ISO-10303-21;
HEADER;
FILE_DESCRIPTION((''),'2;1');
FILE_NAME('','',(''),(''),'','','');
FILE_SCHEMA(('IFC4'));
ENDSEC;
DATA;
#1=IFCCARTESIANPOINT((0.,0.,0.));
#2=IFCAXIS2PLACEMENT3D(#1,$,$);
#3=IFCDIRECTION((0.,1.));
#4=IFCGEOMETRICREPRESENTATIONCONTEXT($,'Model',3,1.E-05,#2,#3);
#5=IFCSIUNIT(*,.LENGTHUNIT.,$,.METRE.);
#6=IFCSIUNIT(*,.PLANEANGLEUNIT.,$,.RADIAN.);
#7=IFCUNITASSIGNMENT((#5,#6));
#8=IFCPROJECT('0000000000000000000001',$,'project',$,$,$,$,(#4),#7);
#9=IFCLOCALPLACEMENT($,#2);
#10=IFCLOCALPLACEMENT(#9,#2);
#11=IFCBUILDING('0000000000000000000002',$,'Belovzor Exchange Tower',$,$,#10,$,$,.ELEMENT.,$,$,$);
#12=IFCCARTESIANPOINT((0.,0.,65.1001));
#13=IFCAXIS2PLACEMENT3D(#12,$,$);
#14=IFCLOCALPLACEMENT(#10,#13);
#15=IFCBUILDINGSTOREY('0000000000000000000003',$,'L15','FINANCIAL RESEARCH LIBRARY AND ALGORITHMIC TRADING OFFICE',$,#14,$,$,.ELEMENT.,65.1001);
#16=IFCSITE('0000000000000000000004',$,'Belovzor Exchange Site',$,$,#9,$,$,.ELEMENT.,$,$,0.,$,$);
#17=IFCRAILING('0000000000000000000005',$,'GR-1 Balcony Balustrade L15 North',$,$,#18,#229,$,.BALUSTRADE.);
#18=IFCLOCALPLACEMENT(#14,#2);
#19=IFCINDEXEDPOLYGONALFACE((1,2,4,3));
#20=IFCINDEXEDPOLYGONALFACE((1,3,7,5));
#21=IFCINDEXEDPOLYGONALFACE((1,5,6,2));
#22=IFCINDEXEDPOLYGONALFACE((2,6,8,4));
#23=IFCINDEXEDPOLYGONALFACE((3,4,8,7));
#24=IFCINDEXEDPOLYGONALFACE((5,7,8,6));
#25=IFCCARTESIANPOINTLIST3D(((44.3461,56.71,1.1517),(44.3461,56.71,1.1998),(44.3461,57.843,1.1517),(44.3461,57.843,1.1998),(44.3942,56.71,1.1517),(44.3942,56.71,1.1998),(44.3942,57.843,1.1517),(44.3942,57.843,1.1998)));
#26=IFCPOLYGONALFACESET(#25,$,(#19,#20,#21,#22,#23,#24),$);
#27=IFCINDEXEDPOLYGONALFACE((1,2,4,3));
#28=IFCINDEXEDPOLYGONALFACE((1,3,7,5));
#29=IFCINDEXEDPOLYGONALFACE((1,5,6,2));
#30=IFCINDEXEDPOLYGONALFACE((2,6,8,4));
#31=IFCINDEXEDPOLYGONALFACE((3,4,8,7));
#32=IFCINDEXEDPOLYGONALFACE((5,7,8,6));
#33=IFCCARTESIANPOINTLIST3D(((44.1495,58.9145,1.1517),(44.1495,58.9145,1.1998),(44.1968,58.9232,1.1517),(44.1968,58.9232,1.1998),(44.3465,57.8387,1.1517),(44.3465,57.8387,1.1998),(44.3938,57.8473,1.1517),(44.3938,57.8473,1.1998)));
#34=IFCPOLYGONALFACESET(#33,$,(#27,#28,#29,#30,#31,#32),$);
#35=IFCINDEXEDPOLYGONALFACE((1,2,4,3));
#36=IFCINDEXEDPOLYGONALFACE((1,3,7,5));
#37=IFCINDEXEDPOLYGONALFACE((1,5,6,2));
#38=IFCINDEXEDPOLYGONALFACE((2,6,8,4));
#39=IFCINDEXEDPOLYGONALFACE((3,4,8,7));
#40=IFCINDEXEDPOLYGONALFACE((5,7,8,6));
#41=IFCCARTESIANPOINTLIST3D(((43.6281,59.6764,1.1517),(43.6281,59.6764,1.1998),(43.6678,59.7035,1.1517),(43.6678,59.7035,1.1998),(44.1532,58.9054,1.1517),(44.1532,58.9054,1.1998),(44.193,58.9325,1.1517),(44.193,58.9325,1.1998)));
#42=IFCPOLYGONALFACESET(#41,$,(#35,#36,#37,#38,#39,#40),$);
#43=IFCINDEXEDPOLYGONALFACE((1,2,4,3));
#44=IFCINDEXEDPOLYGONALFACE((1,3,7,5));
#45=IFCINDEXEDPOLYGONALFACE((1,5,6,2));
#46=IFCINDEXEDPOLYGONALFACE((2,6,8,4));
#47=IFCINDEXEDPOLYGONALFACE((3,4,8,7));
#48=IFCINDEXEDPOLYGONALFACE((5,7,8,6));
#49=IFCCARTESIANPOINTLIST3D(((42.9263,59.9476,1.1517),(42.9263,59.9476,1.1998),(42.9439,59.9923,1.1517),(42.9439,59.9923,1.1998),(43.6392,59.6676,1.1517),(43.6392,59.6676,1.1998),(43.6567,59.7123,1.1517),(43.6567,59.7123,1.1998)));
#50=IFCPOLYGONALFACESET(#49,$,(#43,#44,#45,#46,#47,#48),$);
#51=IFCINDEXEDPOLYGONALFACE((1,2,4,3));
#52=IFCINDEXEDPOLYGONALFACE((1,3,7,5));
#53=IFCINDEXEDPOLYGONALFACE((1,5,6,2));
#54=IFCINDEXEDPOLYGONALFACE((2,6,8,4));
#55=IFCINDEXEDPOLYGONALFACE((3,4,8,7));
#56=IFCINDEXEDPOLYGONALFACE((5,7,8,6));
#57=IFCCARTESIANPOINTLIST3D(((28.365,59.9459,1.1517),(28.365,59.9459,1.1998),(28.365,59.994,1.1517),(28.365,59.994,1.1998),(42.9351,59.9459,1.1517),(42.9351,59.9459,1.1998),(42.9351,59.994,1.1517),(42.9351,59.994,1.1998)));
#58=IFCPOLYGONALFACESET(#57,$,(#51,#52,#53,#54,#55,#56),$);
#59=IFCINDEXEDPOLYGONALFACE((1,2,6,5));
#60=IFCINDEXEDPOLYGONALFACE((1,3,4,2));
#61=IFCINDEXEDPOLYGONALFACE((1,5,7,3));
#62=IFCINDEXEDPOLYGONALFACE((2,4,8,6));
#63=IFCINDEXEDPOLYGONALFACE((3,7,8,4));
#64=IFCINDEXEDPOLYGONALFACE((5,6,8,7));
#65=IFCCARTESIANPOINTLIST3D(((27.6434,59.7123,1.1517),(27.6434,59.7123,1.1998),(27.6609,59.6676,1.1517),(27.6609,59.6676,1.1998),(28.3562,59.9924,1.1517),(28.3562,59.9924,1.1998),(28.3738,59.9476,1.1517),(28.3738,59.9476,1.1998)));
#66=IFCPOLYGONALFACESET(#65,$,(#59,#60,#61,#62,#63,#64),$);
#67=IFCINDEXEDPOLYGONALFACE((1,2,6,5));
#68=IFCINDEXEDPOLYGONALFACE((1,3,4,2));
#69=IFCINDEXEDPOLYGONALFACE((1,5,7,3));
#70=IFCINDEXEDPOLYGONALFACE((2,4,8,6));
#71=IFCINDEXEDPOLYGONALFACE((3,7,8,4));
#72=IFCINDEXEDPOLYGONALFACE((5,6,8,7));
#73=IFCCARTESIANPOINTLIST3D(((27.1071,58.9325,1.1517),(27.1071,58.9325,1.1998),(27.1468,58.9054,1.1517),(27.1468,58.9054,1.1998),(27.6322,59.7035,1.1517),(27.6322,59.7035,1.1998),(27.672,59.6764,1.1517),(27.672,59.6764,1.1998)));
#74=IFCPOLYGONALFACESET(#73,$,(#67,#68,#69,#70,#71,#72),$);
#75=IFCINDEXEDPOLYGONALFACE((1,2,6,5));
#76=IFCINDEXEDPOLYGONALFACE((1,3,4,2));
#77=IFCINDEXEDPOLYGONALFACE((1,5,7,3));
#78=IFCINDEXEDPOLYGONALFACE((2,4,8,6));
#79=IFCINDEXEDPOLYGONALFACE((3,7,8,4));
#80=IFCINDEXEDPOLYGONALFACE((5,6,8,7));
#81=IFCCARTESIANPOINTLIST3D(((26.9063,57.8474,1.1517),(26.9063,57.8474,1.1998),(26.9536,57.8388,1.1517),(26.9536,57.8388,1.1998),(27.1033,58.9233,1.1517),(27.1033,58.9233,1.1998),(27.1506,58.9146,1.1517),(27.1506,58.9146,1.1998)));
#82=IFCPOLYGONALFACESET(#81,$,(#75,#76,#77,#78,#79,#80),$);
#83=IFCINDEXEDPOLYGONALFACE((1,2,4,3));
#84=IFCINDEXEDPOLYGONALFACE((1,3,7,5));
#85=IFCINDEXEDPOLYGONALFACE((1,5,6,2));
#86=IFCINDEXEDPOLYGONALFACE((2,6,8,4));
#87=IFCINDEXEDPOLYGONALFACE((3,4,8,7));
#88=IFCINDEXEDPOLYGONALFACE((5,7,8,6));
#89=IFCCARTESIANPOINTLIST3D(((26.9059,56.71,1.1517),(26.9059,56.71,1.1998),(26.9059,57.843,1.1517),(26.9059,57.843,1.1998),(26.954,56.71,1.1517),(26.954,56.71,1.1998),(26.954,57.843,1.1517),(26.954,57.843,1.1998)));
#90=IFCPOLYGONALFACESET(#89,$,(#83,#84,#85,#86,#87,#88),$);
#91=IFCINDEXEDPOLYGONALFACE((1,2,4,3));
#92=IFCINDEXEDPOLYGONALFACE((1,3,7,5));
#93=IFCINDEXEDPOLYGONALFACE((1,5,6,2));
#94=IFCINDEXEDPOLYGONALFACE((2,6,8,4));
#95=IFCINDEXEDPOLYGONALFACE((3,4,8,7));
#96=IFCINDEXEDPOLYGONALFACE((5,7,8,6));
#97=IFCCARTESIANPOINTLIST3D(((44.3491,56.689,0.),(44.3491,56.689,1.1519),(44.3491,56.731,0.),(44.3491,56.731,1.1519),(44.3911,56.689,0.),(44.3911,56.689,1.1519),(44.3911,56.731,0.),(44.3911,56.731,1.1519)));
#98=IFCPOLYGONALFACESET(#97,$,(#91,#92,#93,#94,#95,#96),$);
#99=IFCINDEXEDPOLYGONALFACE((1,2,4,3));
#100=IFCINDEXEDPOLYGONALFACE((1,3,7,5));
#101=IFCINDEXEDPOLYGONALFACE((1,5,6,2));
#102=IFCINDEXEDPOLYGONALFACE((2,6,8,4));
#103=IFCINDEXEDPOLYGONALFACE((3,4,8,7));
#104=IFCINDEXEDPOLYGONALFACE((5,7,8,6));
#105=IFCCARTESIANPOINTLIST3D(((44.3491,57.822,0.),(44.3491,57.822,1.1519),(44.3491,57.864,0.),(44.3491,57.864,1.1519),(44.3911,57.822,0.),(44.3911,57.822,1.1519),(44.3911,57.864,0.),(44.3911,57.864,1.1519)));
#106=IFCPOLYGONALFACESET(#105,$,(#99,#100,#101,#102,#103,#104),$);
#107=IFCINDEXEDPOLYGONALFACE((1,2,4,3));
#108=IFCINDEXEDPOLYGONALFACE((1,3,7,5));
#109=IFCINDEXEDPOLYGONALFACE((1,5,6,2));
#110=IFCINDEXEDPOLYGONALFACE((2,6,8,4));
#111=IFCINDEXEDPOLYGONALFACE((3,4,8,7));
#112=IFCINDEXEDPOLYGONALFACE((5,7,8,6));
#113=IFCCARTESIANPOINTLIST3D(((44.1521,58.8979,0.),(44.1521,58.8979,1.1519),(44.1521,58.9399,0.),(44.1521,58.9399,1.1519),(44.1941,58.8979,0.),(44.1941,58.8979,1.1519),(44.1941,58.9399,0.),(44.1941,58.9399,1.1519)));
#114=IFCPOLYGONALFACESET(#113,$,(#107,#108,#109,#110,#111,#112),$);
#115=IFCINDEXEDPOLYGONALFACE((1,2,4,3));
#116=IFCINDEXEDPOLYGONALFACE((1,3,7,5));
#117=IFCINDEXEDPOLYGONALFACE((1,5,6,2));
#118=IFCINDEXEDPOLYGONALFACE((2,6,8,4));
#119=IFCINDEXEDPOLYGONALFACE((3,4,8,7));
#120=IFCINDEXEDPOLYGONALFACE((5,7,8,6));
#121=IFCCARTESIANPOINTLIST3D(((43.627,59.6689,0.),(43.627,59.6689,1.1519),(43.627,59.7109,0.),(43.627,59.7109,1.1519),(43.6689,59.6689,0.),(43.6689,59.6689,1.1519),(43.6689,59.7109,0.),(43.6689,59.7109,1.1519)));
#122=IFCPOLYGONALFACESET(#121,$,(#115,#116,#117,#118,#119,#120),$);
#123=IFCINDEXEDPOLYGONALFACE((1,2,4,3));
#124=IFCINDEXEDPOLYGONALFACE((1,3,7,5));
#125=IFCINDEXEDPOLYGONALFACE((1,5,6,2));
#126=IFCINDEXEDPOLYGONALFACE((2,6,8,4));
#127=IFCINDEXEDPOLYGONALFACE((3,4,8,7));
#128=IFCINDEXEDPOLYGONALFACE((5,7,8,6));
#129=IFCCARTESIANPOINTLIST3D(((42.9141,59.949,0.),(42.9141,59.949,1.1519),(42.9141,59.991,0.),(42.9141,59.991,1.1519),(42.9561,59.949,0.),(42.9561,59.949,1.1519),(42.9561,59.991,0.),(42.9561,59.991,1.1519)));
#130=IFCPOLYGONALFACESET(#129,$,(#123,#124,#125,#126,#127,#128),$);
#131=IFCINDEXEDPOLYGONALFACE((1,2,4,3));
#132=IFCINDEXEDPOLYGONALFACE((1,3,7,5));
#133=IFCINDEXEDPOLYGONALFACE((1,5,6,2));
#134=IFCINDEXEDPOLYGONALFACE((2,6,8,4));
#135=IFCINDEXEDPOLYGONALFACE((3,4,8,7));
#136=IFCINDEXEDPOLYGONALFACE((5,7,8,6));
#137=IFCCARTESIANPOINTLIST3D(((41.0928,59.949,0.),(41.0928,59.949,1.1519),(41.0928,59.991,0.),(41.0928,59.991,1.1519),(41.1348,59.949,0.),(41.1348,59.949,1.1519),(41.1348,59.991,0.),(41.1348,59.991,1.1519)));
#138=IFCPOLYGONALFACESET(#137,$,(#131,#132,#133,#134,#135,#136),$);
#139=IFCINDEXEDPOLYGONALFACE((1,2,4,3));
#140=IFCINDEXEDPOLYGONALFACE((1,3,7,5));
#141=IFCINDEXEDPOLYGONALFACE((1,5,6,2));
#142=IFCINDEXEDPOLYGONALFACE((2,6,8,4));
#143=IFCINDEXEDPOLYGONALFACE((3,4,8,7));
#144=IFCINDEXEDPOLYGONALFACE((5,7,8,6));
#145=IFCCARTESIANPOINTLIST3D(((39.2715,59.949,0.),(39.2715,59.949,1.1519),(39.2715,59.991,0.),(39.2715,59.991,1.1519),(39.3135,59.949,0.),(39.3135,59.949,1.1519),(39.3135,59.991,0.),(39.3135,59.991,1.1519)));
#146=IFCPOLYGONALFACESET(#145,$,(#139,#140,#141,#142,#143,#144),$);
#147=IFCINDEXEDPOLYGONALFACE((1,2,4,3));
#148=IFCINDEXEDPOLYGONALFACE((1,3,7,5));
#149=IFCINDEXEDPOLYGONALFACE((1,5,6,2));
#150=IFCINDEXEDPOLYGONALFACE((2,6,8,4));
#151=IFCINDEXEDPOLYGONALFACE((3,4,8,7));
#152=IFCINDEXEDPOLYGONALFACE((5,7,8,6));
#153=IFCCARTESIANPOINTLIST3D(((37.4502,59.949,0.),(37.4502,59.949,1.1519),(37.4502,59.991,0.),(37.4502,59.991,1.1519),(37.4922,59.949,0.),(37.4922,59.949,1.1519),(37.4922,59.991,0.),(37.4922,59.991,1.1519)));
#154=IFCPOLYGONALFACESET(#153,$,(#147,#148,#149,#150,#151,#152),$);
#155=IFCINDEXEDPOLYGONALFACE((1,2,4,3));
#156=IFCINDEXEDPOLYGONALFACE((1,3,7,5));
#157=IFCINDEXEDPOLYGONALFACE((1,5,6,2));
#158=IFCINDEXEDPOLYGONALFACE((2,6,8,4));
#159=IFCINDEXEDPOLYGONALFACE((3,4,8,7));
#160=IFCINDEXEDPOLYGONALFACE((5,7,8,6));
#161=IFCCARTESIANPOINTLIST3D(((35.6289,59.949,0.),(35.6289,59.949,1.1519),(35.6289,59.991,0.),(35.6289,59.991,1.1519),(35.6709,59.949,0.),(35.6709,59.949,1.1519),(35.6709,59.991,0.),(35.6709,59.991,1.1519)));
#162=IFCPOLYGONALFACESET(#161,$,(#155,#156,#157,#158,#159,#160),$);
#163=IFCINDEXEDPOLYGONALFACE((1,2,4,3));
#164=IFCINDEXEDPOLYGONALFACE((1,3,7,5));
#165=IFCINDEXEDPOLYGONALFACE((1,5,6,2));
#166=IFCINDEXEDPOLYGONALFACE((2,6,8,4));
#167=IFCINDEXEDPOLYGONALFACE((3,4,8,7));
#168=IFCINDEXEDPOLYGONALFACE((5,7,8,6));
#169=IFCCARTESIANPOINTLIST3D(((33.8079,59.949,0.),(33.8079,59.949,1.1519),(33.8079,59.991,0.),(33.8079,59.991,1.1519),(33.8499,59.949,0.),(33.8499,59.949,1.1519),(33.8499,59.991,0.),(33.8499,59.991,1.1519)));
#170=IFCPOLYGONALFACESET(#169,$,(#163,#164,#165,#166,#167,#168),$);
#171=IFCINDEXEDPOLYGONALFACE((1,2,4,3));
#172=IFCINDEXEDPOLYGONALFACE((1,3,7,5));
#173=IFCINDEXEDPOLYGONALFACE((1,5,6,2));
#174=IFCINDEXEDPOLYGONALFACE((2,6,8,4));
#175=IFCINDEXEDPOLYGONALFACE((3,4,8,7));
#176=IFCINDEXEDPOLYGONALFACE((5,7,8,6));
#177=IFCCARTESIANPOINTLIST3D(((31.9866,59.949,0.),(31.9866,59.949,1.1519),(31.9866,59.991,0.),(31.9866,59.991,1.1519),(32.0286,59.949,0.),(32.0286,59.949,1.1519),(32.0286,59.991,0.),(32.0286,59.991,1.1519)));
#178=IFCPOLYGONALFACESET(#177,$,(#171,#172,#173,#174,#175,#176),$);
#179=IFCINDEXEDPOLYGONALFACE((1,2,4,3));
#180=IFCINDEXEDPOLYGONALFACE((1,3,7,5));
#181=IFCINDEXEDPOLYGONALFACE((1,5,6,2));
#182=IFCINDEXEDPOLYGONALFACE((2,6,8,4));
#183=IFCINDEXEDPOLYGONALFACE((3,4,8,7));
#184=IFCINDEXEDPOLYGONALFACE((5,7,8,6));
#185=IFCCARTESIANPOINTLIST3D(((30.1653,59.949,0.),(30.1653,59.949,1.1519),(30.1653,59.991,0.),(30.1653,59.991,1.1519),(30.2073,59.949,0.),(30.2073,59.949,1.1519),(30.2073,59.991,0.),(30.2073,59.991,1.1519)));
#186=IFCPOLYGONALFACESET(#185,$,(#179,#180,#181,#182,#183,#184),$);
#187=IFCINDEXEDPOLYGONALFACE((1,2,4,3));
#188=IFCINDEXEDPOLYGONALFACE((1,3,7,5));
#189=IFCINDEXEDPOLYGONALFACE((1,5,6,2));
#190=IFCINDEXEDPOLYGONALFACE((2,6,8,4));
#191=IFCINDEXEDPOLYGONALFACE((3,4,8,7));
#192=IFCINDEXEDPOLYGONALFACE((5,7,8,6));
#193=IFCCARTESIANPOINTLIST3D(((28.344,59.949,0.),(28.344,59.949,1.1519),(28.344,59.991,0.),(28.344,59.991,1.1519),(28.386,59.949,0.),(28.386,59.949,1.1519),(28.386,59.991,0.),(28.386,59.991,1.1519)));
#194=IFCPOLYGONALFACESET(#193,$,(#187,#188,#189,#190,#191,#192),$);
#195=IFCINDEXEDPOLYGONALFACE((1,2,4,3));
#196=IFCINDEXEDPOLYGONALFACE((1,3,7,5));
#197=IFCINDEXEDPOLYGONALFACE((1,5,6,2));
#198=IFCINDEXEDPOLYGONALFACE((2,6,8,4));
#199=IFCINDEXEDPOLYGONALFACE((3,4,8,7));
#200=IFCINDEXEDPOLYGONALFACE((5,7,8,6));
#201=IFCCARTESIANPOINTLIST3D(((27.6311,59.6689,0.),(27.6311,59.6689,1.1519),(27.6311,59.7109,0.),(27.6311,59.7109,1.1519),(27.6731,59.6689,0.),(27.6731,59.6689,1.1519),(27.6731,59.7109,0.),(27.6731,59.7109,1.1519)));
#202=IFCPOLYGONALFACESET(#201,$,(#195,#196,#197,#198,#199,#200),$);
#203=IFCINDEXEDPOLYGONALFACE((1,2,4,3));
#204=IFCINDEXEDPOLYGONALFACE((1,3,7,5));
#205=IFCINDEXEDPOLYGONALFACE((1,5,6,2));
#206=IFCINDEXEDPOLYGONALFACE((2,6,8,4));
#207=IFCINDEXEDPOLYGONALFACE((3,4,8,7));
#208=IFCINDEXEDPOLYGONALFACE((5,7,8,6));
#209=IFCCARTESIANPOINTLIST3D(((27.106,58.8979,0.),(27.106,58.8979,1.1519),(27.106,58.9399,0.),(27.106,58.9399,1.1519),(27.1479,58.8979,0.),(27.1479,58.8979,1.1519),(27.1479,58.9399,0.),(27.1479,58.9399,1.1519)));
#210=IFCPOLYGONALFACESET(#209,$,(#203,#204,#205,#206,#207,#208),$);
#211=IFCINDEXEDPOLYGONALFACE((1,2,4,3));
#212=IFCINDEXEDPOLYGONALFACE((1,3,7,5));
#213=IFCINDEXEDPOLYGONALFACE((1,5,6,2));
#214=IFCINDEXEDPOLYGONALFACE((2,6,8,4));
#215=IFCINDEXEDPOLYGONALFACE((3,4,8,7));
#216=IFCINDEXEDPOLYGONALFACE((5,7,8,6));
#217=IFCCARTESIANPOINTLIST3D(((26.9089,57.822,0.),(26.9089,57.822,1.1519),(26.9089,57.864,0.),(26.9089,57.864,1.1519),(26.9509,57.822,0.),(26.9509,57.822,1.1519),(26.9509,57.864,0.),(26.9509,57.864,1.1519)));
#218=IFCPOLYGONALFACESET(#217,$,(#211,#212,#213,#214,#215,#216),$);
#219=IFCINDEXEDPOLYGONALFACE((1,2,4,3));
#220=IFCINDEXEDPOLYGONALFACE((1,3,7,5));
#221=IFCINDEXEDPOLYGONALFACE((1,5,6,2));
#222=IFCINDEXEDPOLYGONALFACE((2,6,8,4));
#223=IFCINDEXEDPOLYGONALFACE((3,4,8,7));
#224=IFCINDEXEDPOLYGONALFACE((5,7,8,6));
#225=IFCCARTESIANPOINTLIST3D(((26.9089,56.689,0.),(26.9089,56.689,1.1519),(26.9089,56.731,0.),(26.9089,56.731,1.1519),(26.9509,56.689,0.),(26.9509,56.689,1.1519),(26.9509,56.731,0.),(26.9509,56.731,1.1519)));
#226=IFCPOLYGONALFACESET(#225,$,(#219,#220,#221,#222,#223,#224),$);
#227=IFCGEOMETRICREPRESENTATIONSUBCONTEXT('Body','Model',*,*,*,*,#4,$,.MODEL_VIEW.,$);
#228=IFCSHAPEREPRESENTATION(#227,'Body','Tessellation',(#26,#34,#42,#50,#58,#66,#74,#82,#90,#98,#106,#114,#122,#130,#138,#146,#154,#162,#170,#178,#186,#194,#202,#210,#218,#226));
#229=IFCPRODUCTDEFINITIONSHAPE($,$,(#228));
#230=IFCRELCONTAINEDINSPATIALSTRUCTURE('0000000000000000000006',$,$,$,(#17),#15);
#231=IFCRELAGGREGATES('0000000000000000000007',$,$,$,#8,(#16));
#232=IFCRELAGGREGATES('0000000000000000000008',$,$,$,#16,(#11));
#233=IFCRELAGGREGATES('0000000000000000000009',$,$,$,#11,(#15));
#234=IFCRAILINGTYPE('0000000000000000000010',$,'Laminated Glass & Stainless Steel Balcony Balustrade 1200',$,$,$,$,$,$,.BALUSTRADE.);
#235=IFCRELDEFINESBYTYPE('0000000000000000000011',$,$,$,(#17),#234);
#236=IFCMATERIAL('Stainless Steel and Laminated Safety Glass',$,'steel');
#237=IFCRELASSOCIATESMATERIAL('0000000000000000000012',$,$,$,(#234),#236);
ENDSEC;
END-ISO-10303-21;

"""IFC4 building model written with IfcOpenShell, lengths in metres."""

from ifc_helpers import new_model, si_unit, direction, frame, origin, origin_2d, place, context, subcontext, project, spatial, rectangle, extrude, material, type_object, element, save


model = new_model("IFC4")

# Units and contexts
model_context = context("Model", 3, precision=1e-05, world=origin(), true_north=direction((0.0, 1.0)))
body_context = subcontext(model_context, "Body", "Model", "MODEL_VIEW")
ifc_project = project(units=[si_unit("LENGTHUNIT", "METRE"), si_unit("PLANEANGLEUNIT", "RADIAN")], contexts=[model_context])

# Site, building, storey
site_placement = place(None, origin())
site = spatial("IfcSite", under=ifc_project, at=site_placement, Name="Belovzor Exchange Site", CompositionType="ELEMENT", RefElevation=0.0)
building_placement = place(site_placement, origin())
building = spatial("IfcBuilding", under=site, at=building_placement, Name="Belovzor Exchange Tower", CompositionType="ELEMENT")
storey_placement = place(building_placement, frame((0.0, 0.0, 65.1001)))
storey = spatial("IfcBuildingStorey", under=building, at=storey_placement, Name="L15", Description="FINANCIAL RESEARCH LIBRARY AND ALGORITHMIC TRADING OFFICE", CompositionType="ELEMENT", Elevation=65.1001)

# Railing
ifc_material_1 = material(Name="Stainless Steel and Laminated Safety Glass", Category="steel")
railing_type = type_object("IfcRailingType", Name="Laminated Glass & Stainless Steel Balcony Balustrade 1200", PredefinedType="BALUSTRADE", material=ifc_material_1)
railing_placement = place(storey_placement, frame((44.3701, 56.71, 0.0)))
element("IfcRailing", 1, at=railing_placement, inside=storey, type_object=railing_type, Name="GR-1 Balcony Balustrade L15 North", PredefinedType="BALUSTRADE", context=body_context, shape_type="SweptSolid", body=[
    extrude(rectangle(XDim=0.0481, YDim=0.0481, at=origin_2d()), frame((0.0, 0.0, 1.1758), z_axis=(0.0, 1.0, 0.0), x_axis=(-1.0, 0.0, 0.0)), (0.0, 0.0, 1.0), 1.1331),
    extrude(rectangle(XDim=0.0481, YDim=0.0481, at=origin_2d()), frame((0.0, 1.1331, 1.1758), z_axis=(-0.180123, 0.983644, 0.0), x_axis=(-0.983644, -0.180123, 0.0)), (0.0, 0.0, 1.0), 1.0938),
    extrude(rectangle(XDim=0.0481, YDim=0.0481, at=origin_2d()), frame((-0.197, 2.209, 1.1758), z_axis=(-0.562947, 0.826493, 0.0), x_axis=(-0.826493, -0.562947, 0.0)), (0.0, 0.0, 1.0), 0.9329),
    extrude(rectangle(XDim=0.0481, YDim=0.0481, at=origin_2d()), frame((-0.7222, 2.98, 1.1758), z_axis=(-0.930767, 0.365613, 0.0), x_axis=(-0.365613, -0.930767, 0.0)), (0.0, 0.0, 1.0), 0.7659),
    extrude(rectangle(XDim=0.0481, YDim=0.0481, at=origin_2d()), frame((-1.4351, 3.26, 1.1758), z_axis=(-1.0, 0.0, 0.0), x_axis=(0.0, -1.0, 0.0)), (0.0, 0.0, 1.0), 14.5701),
    extrude(rectangle(XDim=0.0481, YDim=0.0481, at=origin_2d()), frame((-16.0051, 3.26, 1.1758), z_axis=(-0.930767, -0.365613, 0.0), x_axis=(0.365613, -0.930767, 0.0)), (0.0, 0.0, 1.0), 0.7659),
    extrude(rectangle(XDim=0.0481, YDim=0.0481, at=origin_2d()), frame((-16.718, 2.98, 1.1758), z_axis=(-0.562947, -0.826493, 0.0), x_axis=(0.826493, -0.562947, 0.0)), (0.0, 0.0, 1.0), 0.9329),
    extrude(rectangle(XDim=0.0481, YDim=0.0481, at=origin_2d()), frame((-17.2432, 2.209, 1.1758), z_axis=(-0.180123, -0.983644, 0.0), x_axis=(0.983644, -0.180123, 0.0)), (0.0, 0.0, 1.0), 1.0938),
    extrude(rectangle(XDim=0.0481, YDim=0.0481, at=origin_2d()), frame((-17.4402, 1.1331, 1.1758), z_axis=(0.0, -1.0, 0.0), x_axis=(1.0, 0.0, 0.0)), (0.0, 0.0, 1.0), 1.1331),
    extrude(rectangle(XDim=0.042, YDim=0.042, at=origin_2d()), origin(), (0.0, 0.0, 1.0), 1.1519),
    extrude(rectangle(XDim=0.042, YDim=0.042, at=origin_2d()), frame((0.0, 1.1331, 0.0)), (0.0, 0.0, 1.0), 1.1519),
    extrude(rectangle(XDim=0.042, YDim=0.042, at=origin_2d()), frame((-0.197, 2.209, 0.0)), (0.0, 0.0, 1.0), 1.1519),
    extrude(rectangle(XDim=0.042, YDim=0.042, at=origin_2d()), frame((-0.7222, 2.98, 0.0)), (0.0, 0.0, 1.0), 1.1519),
    extrude(rectangle(XDim=0.042, YDim=0.042, at=origin_2d()), frame((-1.4351, 3.26, 0.0)), (0.0, 0.0, 1.0), 1.1519),
    extrude(rectangle(XDim=0.042, YDim=0.042, at=origin_2d()), frame((-3.2563, 3.26, 0.0)), (0.0, 0.0, 1.0), 1.1519),
    extrude(rectangle(XDim=0.042, YDim=0.042, at=origin_2d()), frame((-5.0776, 3.26, 0.0)), (0.0, 0.0, 1.0), 1.1519),
    extrude(rectangle(XDim=0.042, YDim=0.042, at=origin_2d()), frame((-6.8989, 3.26, 0.0)), (0.0, 0.0, 1.0), 1.1519),
    extrude(rectangle(XDim=0.042, YDim=0.042, at=origin_2d()), frame((-8.7202, 3.26, 0.0)), (0.0, 0.0, 1.0), 1.1519),
    extrude(rectangle(XDim=0.042, YDim=0.042, at=origin_2d()), frame((-10.5413, 3.26, 0.0)), (0.0, 0.0, 1.0), 1.1519),
    extrude(rectangle(XDim=0.042, YDim=0.042, at=origin_2d()), frame((-12.3625, 3.26, 0.0)), (0.0, 0.0, 1.0), 1.1519),
    extrude(rectangle(XDim=0.042, YDim=0.042, at=origin_2d()), frame((-14.1838, 3.26, 0.0)), (0.0, 0.0, 1.0), 1.1519),
    extrude(rectangle(XDim=0.042, YDim=0.042, at=origin_2d()), frame((-16.0051, 3.26, 0.0)), (0.0, 0.0, 1.0), 1.1519),
    extrude(rectangle(XDim=0.042, YDim=0.042, at=origin_2d()), frame((-16.718, 2.98, 0.0)), (0.0, 0.0, 1.0), 1.1519),
    extrude(rectangle(XDim=0.042, YDim=0.042, at=origin_2d()), frame((-17.2432, 2.209, 0.0)), (0.0, 0.0, 1.0), 1.1519),
    extrude(rectangle(XDim=0.042, YDim=0.042, at=origin_2d()), frame((-17.4402, 1.1331, 0.0)), (0.0, 0.0, 1.0), 1.1519),
    extrude(rectangle(XDim=0.042, YDim=0.042, at=origin_2d()), frame((-17.4402, 0.0, 0.0)), (0.0, 0.0, 1.0), 1.1519),
])

save(model, "model.ifc")
